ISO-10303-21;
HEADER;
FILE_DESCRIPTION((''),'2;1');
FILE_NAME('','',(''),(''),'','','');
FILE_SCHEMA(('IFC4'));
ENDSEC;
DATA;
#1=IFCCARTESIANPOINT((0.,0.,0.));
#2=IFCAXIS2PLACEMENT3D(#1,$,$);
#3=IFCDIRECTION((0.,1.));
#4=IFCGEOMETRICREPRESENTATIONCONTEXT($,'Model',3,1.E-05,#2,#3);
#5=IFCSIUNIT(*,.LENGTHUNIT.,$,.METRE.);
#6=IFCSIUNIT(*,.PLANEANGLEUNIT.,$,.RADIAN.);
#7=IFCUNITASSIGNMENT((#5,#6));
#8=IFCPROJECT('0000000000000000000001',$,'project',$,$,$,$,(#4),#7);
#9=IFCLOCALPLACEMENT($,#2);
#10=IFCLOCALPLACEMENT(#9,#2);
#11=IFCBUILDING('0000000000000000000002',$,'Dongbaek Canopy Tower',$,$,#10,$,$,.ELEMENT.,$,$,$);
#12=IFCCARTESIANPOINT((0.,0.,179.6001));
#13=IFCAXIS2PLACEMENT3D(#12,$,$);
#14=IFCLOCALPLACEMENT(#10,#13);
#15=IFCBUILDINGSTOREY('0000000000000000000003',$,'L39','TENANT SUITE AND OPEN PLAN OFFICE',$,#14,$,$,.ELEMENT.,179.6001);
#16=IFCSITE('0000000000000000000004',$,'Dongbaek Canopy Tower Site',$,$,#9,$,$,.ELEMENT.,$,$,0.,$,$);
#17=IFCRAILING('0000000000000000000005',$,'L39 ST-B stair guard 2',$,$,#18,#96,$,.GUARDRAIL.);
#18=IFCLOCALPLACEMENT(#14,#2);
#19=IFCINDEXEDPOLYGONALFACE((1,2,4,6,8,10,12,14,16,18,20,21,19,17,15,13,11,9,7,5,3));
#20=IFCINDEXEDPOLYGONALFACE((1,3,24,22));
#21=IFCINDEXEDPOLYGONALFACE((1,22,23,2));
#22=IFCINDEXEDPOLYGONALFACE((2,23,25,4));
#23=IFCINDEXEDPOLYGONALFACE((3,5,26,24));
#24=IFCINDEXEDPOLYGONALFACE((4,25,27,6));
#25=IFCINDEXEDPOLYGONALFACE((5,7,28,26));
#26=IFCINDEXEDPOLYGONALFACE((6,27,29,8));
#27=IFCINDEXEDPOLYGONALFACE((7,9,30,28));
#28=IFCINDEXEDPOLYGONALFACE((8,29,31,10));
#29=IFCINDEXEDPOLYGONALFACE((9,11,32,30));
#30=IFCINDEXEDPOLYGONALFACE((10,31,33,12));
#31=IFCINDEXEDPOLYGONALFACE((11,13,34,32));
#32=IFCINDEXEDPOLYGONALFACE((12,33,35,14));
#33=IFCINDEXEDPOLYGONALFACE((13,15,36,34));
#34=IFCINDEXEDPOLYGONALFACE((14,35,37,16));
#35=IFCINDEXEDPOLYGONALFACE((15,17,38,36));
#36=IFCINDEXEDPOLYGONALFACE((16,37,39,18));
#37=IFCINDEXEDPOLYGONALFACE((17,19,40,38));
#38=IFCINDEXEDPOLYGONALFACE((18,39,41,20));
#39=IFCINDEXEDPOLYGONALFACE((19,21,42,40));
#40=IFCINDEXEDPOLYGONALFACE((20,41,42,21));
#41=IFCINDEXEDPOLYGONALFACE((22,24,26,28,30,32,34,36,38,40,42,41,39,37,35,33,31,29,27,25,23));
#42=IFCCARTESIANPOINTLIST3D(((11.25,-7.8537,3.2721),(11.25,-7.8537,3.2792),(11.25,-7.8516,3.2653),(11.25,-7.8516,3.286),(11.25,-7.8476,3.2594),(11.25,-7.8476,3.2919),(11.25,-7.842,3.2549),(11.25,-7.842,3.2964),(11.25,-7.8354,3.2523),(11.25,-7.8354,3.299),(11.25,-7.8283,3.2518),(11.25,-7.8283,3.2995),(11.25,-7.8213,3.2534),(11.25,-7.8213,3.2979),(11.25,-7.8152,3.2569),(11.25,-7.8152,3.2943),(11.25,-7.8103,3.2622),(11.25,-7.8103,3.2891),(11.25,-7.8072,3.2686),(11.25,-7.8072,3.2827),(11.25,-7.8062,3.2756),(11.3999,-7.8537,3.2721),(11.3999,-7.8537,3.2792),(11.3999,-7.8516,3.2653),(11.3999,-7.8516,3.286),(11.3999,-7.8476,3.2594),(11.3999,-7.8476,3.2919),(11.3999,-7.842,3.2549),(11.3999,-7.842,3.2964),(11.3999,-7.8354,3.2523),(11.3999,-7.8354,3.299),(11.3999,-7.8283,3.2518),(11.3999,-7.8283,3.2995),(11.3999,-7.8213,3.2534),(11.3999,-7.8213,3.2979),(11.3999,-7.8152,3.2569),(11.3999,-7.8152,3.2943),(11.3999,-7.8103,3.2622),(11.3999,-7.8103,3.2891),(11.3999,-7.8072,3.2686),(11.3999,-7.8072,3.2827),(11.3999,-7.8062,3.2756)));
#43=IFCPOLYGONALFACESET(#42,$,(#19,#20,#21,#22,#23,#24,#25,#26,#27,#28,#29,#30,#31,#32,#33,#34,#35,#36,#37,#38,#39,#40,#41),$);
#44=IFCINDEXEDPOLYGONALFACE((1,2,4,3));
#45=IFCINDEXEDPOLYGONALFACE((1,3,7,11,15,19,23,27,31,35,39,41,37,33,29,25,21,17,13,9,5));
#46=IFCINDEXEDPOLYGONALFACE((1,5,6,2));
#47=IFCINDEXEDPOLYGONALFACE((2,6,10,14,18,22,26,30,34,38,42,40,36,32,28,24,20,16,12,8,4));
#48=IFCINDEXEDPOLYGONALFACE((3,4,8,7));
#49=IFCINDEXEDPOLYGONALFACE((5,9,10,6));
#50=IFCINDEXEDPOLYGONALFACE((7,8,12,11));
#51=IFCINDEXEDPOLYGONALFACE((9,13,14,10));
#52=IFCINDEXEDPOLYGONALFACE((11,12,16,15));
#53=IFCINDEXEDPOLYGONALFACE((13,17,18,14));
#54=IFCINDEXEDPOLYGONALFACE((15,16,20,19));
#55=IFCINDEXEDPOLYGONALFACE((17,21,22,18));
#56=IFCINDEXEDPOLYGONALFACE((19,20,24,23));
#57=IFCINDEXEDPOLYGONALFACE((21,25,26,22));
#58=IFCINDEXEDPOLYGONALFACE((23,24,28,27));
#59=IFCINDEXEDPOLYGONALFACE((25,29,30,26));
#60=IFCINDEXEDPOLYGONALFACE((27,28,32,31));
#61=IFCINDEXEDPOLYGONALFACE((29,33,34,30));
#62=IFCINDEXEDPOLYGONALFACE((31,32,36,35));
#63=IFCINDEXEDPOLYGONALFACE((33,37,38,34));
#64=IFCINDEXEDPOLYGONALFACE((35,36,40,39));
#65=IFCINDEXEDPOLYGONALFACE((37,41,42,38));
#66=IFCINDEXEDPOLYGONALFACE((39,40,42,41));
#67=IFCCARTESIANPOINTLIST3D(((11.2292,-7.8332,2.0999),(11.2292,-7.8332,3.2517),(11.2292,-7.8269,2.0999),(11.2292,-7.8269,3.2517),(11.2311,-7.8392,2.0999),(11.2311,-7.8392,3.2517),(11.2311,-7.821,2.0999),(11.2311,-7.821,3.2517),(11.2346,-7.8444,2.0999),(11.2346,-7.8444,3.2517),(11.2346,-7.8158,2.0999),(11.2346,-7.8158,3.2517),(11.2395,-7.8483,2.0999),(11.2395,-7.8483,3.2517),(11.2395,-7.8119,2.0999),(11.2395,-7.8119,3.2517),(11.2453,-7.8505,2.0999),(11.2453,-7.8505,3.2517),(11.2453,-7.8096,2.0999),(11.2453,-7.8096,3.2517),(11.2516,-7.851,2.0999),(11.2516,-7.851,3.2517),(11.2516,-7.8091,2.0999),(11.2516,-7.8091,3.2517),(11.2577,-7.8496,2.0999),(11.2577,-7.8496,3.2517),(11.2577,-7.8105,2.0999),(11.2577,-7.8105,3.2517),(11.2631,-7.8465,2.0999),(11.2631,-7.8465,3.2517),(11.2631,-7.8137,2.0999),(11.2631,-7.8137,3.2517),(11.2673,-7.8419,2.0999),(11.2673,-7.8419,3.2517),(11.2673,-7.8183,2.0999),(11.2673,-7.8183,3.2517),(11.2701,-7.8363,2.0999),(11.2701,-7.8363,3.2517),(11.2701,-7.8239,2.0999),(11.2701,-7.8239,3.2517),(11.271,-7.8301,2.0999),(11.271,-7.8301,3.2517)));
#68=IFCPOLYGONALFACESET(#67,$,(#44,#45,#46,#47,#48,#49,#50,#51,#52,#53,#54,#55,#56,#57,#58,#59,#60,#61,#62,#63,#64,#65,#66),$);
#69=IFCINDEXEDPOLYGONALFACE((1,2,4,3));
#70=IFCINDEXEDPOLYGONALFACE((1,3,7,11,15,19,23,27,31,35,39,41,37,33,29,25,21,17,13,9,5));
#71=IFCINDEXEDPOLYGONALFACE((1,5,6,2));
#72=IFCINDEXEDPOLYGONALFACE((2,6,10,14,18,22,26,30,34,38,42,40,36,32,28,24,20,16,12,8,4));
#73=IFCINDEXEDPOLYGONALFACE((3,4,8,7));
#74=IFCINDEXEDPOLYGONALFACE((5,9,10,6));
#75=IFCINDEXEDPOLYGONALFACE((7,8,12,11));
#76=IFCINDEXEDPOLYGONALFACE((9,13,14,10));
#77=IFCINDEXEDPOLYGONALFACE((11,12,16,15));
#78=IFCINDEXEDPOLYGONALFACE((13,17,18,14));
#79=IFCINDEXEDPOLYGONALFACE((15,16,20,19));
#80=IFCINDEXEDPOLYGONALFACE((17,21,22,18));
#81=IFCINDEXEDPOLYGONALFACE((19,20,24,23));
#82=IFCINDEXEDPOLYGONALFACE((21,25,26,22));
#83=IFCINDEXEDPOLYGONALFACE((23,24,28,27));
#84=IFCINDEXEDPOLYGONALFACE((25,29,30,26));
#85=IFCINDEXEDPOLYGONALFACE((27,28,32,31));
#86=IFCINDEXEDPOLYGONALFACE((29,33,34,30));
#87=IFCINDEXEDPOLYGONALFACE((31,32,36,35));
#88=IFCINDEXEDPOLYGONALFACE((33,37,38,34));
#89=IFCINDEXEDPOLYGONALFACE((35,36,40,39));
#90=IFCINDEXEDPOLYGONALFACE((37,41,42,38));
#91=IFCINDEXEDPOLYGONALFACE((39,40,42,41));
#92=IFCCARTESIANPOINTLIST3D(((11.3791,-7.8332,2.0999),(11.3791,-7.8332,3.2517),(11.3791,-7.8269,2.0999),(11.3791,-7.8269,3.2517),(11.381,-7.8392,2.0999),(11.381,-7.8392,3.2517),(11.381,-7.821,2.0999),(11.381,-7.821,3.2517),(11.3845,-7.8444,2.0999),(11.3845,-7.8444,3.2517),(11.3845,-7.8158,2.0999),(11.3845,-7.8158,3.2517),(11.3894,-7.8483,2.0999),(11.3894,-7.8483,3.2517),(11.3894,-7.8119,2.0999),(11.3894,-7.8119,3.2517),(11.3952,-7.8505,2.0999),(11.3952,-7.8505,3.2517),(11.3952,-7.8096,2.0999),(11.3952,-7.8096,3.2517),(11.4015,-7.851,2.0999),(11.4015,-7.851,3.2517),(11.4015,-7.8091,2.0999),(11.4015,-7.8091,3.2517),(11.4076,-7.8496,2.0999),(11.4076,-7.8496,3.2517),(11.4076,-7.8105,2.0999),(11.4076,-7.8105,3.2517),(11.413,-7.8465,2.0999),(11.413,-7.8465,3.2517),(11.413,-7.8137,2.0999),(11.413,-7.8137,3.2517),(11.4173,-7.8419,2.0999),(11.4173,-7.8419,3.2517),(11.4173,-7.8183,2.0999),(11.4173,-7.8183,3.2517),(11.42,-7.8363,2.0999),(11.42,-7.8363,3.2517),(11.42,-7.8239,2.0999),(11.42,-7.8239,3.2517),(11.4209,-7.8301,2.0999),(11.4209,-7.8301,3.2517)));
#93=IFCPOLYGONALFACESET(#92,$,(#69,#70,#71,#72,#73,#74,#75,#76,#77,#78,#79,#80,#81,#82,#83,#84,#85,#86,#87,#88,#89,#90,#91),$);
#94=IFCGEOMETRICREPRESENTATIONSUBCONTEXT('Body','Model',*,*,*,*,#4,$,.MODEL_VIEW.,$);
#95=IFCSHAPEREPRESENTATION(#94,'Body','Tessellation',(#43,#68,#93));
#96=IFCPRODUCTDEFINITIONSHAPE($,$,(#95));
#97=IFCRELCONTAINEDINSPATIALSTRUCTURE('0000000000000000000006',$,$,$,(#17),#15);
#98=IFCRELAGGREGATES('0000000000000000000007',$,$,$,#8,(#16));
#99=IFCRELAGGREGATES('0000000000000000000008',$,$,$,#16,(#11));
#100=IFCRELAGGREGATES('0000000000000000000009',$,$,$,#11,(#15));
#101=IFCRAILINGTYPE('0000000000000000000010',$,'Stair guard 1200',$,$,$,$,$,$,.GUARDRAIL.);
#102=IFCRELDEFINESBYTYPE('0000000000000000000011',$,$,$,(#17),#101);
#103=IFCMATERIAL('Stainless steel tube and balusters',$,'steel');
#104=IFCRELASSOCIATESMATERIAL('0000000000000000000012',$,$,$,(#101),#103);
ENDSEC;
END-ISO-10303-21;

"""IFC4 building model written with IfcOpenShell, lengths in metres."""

from ifc_helpers import new_model, si_unit, direction, frame, origin, origin_2d, place, context, subcontext, project, spatial, circle, extrude, material, type_object, element, save


model = new_model("IFC4")

# Units and contexts
model_context = context("Model", 3, precision=1e-05, world=origin(), true_north=direction((0.0, 1.0)))
body_context = subcontext(model_context, "Body", "Model", "MODEL_VIEW")
ifc_project = project(units=[si_unit("LENGTHUNIT", "METRE"), si_unit("PLANEANGLEUNIT", "RADIAN")], contexts=[model_context])

# Site, building, storey
site_placement = place(None, origin())
site = spatial("IfcSite", under=ifc_project, at=site_placement, Name="Dongbaek Canopy Tower Site", CompositionType="ELEMENT", RefElevation=0.0)
building_placement = place(site_placement, origin())
building = spatial("IfcBuilding", under=site, at=building_placement, Name="Dongbaek Canopy Tower", CompositionType="ELEMENT")
storey_placement = place(building_placement, frame((0.0, 0.0, 179.6001)))
storey = spatial("IfcBuildingStorey", under=building, at=storey_placement, Name="L39", Description="TENANT SUITE AND OPEN PLAN OFFICE", CompositionType="ELEMENT", Elevation=179.6001)

# Railing
ifc_material_1 = material(Name="Stainless steel tube and balusters", Category="steel")
railing_type_1 = type_object("IfcRailingType", Name="Stair guard 1200", PredefinedType="GUARDRAIL", material=ifc_material_1)
railing_1_placement = place(storey_placement, frame((11.25, -7.8301, 2.0999)))
element("IfcRailing", 1, at=railing_1_placement, inside=storey, type_object=railing_type_1, Name="L39 ST-B stair guard 2", PredefinedType="GUARDRAIL", context=body_context, shape_type="SweptSolid", body=[
    extrude(circle(Radius=0.0239, at=origin_2d()), frame((0.0, 0.0, 1.1758), z_axis=(1.0, 0.0, 0.0), x_axis=(0.0, 1.0, 0.0)), (0.0, 0.0, 1.0), 0.1499),
    extrude(circle(Radius=0.021, at=origin_2d()), origin(), (0.0, 0.0, 1.0), 1.1519),
    extrude(circle(Radius=0.021, at=origin_2d()), frame((0.1499, 0.0, 0.0)), (0.0, 0.0, 1.0), 1.1519),
])

save(model, "model.ifc")
